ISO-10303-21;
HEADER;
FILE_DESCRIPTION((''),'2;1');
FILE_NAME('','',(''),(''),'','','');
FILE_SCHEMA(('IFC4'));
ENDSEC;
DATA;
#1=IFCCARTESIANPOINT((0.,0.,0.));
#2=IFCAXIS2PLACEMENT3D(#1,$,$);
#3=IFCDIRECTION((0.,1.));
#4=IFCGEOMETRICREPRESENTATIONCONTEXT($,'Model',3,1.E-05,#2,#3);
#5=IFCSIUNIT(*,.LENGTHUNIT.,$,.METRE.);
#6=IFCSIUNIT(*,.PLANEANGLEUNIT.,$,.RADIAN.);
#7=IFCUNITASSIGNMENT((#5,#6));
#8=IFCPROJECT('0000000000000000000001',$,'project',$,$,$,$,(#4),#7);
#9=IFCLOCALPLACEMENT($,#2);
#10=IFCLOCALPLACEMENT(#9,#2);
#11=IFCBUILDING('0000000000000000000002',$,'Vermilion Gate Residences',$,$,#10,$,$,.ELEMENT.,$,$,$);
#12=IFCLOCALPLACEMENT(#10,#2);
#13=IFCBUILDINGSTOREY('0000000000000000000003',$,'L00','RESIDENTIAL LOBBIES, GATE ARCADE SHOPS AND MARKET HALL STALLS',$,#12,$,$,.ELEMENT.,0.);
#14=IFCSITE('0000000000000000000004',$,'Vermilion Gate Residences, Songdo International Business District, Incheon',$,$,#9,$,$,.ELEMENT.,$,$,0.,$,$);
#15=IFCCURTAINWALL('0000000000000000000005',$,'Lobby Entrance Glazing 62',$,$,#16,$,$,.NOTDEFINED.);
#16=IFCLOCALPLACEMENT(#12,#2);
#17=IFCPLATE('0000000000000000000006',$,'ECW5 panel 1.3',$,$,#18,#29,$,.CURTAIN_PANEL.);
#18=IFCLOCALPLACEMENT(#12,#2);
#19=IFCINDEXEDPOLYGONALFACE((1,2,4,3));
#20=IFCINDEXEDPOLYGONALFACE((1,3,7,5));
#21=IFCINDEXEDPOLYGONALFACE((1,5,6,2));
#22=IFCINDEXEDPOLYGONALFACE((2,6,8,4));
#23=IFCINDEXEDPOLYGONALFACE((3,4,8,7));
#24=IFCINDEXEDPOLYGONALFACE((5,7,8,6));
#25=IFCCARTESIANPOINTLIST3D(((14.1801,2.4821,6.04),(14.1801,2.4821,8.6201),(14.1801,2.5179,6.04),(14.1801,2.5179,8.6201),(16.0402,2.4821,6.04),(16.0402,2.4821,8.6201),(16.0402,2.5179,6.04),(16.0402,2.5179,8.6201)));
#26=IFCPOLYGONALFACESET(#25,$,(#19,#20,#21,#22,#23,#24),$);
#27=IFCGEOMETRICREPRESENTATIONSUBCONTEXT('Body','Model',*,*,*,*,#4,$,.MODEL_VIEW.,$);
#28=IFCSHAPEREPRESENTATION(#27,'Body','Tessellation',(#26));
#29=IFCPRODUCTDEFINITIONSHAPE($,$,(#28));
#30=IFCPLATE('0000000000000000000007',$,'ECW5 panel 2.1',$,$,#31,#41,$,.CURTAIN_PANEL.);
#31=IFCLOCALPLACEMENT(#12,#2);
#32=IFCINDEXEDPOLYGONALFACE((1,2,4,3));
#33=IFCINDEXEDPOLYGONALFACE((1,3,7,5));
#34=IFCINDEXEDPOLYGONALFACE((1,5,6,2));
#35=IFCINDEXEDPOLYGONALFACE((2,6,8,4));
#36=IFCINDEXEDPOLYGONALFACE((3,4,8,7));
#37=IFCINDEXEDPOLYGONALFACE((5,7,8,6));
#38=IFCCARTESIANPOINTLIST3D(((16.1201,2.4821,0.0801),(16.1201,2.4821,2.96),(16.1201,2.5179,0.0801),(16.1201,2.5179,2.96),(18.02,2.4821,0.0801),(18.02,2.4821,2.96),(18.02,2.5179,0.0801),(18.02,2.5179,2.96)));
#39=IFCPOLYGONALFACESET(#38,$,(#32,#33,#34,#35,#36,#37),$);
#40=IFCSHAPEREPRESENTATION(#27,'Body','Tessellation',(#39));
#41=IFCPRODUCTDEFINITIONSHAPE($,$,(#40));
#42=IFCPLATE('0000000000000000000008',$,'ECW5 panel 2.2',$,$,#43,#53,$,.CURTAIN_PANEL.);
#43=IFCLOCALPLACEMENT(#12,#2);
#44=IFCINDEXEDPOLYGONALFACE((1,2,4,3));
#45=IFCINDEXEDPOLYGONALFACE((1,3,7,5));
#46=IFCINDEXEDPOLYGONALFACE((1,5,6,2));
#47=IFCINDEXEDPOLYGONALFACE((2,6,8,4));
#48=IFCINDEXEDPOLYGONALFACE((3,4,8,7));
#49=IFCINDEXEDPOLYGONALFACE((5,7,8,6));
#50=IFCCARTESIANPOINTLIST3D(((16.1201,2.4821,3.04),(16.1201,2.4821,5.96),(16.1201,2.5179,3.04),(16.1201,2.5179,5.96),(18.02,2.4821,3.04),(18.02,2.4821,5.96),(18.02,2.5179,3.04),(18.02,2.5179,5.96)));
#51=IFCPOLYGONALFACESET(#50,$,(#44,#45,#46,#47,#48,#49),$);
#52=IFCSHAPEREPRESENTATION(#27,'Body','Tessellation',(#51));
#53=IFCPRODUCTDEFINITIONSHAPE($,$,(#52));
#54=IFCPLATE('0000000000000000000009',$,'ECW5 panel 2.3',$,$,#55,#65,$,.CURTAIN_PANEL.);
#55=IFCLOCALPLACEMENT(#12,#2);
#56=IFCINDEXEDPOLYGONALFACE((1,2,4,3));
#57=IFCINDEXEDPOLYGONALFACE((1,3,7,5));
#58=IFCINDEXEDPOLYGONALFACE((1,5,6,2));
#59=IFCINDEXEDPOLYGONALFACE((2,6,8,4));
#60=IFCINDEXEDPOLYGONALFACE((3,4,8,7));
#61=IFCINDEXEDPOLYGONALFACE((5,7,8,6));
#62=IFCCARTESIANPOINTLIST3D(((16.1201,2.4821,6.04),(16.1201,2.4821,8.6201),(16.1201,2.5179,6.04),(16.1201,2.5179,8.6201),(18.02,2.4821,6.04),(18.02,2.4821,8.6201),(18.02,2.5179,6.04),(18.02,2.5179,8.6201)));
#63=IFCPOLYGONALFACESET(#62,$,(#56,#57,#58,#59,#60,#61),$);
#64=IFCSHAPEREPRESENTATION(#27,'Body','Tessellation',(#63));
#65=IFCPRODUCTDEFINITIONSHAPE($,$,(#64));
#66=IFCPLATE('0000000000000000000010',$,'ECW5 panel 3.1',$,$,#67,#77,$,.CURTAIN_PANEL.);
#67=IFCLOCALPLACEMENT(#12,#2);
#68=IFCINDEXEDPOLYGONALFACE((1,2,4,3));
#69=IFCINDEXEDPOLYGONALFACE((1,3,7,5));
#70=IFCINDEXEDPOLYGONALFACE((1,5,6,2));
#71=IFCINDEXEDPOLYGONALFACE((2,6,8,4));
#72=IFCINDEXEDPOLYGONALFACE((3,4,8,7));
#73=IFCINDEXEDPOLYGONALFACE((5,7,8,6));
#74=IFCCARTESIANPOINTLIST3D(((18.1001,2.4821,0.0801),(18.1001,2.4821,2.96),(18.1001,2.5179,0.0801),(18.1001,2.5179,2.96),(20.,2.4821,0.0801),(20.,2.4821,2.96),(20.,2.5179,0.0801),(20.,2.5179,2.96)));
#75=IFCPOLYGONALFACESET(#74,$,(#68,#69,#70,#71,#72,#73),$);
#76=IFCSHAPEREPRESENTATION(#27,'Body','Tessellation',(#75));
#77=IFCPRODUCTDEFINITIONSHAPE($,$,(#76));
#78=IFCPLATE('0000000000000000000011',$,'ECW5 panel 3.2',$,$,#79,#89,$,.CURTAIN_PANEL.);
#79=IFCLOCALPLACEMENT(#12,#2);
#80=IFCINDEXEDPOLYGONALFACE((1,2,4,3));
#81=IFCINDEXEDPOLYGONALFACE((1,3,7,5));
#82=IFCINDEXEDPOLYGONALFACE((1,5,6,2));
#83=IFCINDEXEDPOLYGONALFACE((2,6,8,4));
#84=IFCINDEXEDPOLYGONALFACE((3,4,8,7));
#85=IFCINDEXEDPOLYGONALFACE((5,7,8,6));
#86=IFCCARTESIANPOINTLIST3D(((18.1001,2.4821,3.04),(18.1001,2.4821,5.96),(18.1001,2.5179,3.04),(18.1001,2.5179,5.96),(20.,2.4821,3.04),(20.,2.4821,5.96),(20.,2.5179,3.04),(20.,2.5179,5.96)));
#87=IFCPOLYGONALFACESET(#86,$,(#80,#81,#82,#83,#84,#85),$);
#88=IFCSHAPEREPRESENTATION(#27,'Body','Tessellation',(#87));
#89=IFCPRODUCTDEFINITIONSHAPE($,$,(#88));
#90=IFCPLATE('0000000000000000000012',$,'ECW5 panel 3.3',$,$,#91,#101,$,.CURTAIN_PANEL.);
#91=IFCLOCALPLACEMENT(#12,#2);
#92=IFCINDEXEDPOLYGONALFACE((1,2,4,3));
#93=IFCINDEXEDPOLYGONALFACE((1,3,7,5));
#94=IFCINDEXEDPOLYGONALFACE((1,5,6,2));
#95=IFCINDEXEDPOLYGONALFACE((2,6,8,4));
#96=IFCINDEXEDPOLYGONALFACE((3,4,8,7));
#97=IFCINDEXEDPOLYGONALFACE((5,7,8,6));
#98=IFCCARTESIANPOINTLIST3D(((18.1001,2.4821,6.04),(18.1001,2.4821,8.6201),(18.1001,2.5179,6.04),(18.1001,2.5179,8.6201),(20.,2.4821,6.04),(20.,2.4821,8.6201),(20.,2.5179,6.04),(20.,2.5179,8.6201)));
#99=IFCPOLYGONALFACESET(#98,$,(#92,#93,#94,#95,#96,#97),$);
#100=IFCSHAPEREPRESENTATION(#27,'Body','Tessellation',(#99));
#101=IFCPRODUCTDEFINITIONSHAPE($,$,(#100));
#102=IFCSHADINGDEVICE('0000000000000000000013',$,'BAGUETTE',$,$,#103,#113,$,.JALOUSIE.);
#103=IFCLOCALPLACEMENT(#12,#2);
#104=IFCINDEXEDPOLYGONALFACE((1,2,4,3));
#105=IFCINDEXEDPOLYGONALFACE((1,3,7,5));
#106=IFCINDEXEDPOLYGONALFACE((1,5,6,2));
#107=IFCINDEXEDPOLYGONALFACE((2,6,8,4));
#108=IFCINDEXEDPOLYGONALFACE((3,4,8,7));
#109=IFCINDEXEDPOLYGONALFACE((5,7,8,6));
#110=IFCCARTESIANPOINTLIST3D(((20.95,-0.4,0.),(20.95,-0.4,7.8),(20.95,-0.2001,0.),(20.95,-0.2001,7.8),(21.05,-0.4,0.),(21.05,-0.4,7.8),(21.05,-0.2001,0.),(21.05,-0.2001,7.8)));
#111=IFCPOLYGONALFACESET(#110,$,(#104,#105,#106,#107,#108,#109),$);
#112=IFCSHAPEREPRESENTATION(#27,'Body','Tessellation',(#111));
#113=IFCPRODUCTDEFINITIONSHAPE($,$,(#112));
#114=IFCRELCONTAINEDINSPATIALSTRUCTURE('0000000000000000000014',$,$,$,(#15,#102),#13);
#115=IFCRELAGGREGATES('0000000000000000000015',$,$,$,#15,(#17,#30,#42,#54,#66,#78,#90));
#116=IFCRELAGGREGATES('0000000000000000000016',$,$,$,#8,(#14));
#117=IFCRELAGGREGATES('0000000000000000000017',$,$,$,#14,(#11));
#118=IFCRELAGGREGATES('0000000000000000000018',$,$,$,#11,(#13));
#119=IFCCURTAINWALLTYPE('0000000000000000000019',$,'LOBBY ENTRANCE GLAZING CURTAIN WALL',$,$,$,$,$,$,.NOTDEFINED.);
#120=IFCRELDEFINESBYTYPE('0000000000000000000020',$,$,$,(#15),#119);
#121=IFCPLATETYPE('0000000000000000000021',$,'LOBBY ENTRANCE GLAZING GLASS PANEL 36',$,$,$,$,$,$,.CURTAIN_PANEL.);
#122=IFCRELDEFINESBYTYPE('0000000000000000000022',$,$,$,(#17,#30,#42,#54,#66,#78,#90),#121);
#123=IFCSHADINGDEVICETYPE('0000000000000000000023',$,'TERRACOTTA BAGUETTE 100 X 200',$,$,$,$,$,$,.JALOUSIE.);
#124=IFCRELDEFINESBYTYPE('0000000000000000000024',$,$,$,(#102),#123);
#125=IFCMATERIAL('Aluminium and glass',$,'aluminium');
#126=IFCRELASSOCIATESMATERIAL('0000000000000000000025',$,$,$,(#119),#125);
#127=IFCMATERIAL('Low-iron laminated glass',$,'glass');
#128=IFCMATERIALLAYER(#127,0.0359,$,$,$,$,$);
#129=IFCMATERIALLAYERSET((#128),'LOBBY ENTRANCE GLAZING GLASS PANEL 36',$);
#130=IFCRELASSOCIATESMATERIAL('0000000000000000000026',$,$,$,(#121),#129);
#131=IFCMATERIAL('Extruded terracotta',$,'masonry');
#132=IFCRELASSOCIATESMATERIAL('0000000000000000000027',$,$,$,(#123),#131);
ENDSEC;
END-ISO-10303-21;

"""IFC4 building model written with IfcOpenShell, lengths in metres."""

from ifc_helpers import new_model, si_unit, direction, frame, origin, origin_2d, place, context, subcontext, project, spatial, rectangle, extrude, material, layer, layer_set, material_profile, profile_set, type_object, element, aggregate, save


model = new_model("IFC4")

# Units and contexts
model_context = context("Model", 3, precision=1e-05, world=origin(), true_north=direction((0.0, 1.0)))
body_context = subcontext(model_context, "Body", "Model", "MODEL_VIEW")
ifc_project = project(units=[si_unit("LENGTHUNIT", "METRE"), si_unit("PLANEANGLEUNIT", "RADIAN")], contexts=[model_context])

# Site, building, storey
site_placement = place(None, origin())
site = spatial("IfcSite", under=ifc_project, at=site_placement, Name="Vermilion Gate Residences, Songdo International Business District, Incheon", CompositionType="ELEMENT", RefElevation=0.0)
building_placement = place(site_placement, origin())
building = spatial("IfcBuilding", under=site, at=building_placement, Name="Vermilion Gate Residences", CompositionType="ELEMENT")
storey_placement = place(building_placement, origin())
storey = spatial("IfcBuildingStorey", under=building, at=storey_placement, Name="L00", Description="RESIDENTIAL LOBBIES, GATE ARCADE SHOPS AND MARKET HALL STALLS", CompositionType="ELEMENT", Elevation=0.0)

# Curtain wall
ifc_material_1 = material(Name="Aluminium and glass", Category="aluminium")
curtain_wall_type = type_object("IfcCurtainWallType", Name="LOBBY ENTRANCE GLAZING CURTAIN WALL", PredefinedType="NOTDEFINED", material=ifc_material_1)
curtain_wall_placement = place(storey_placement, origin())
curtain_wall = element("IfcCurtainWall", 1, at=curtain_wall_placement, inside=storey, type_object=curtain_wall_type, Name="Lobby Entrance Glazing 62", PredefinedType="NOTDEFINED")

# Plates
ifc_material_2 = material(Name="Low-iron laminated glass", Category="glass")
ifc_layer = layer(ifc_material_2, 0.0359)
ifc_layer_set = layer_set([ifc_layer], Name="LOBBY ENTRANCE GLAZING GLASS PANEL 36")
plate_type = type_object("IfcPlateType", Name="LOBBY ENTRANCE GLAZING GLASS PANEL 36", PredefinedType="CURTAIN_PANEL", material=ifc_layer_set)
plate_1_placement = place(storey_placement, frame((15.1101, 2.5, 6.04), z_axis=(0.0, 0.0, 1.0), x_axis=(1.0, 0.0, 0.0)))
plate_1 = element("IfcPlate", 2, at=plate_1_placement, type_object=plate_type, Name="ECW5 panel 1.3", PredefinedType="CURTAIN_PANEL", context=body_context, shape_type="SweptSolid", body=[
    extrude(rectangle(XDim=1.8601, YDim=0.0359, at=origin_2d()), origin(), (0.0, 0.0, 1.0), 2.5801),
])
plate_2_placement = place(storey_placement, frame((17.0701, 2.5, 0.0801), z_axis=(0.0, 0.0, 1.0), x_axis=(1.0, 0.0, 0.0)))
plate_2 = element("IfcPlate", 3, at=plate_2_placement, type_object=plate_type, Name="ECW5 panel 2.1", PredefinedType="CURTAIN_PANEL", context=body_context, shape_type="SweptSolid", body=[
    extrude(rectangle(XDim=1.8999, YDim=0.0359, at=origin_2d()), origin(), (0.0, 0.0, 1.0), 2.8799),
])
plate_3_placement = place(storey_placement, frame((17.0701, 2.5, 3.04), z_axis=(0.0, 0.0, 1.0), x_axis=(1.0, 0.0, 0.0)))
plate_3 = element("IfcPlate", 4, at=plate_3_placement, type_object=plate_type, Name="ECW5 panel 2.2", PredefinedType="CURTAIN_PANEL", context=body_context, shape_type="SweptSolid", body=[
    extrude(rectangle(XDim=1.8999, YDim=0.0359, at=origin_2d()), origin(), (0.0, 0.0, 1.0), 2.9199),
])
plate_4_placement = place(storey_placement, frame((17.0701, 2.5, 6.04), z_axis=(0.0, 0.0, 1.0), x_axis=(1.0, 0.0, 0.0)))
plate_4 = element("IfcPlate", 5, at=plate_4_placement, type_object=plate_type, Name="ECW5 panel 2.3", PredefinedType="CURTAIN_PANEL", context=body_context, shape_type="SweptSolid", body=[
    extrude(rectangle(XDim=1.8999, YDim=0.0359, at=origin_2d()), origin(), (0.0, 0.0, 1.0), 2.5801),
])
plate_5_placement = place(storey_placement, frame((19.05, 2.5, 0.0801), z_axis=(0.0, 0.0, 1.0), x_axis=(1.0, 0.0, 0.0)))
plate_5 = element("IfcPlate", 6, at=plate_5_placement, type_object=plate_type, Name="ECW5 panel 3.1", PredefinedType="CURTAIN_PANEL", context=body_context, shape_type="SweptSolid", body=[
    extrude(rectangle(XDim=1.8999, YDim=0.0359, at=origin_2d()), origin(), (0.0, 0.0, 1.0), 2.8799),
])
plate_6_placement = place(storey_placement, frame((19.05, 2.5, 3.04), z_axis=(0.0, 0.0, 1.0), x_axis=(1.0, 0.0, 0.0)))
plate_6 = element("IfcPlate", 7, at=plate_6_placement, type_object=plate_type, Name="ECW5 panel 3.2", PredefinedType="CURTAIN_PANEL", context=body_context, shape_type="SweptSolid", body=[
    extrude(rectangle(XDim=1.8999, YDim=0.0359, at=origin_2d()), origin(), (0.0, 0.0, 1.0), 2.9199),
])
plate_7_placement = place(storey_placement, frame((19.05, 2.5, 6.04), z_axis=(0.0, 0.0, 1.0), x_axis=(1.0, 0.0, 0.0)))
plate_7 = element("IfcPlate", 8, at=plate_7_placement, type_object=plate_type, Name="ECW5 panel 3.3", PredefinedType="CURTAIN_PANEL", context=body_context, shape_type="SweptSolid", body=[
    extrude(rectangle(XDim=1.8999, YDim=0.0359, at=origin_2d()), origin(), (0.0, 0.0, 1.0), 2.5801),
])
aggregate(curtain_wall, [plate_1, plate_2, plate_3, plate_4, plate_5, plate_6, plate_7])

# Shading device
ifc_material_3 = material(Name="Extruded terracotta", Category="masonry")
ifc_material_profile_1 = material_profile(ifc_material_3, rectangle(XDim=0.2, YDim=0.1001, at=origin_2d()), Name="BAGUETTE 100 X 200")
ifc_profile_set_1 = profile_set([ifc_material_profile_1], Name="Extruded terracotta")
shading_device_type = type_object("IfcShadingDeviceType", Name="TERRACOTTA BAGUETTE 100 X 200", PredefinedType="JALOUSIE", material=ifc_profile_set_1)
shading_device_placement = place(storey_placement, frame((21.0, -0.3, 0.0), z_axis=(0.0, 0.0, 1.0), x_axis=(0.0, 1.0, 0.0)))
element("IfcShadingDevice", 9, at=shading_device_placement, inside=storey, type_object=shading_device_type, Name="BAGUETTE", PredefinedType="JALOUSIE", context=body_context, shape_type="SweptSolid", body=[
    extrude(rectangle(XDim=0.2, YDim=0.1001, at=origin_2d()), origin(), (0.0, 0.0, 1.0), 7.8),
])

save(model, "model.ifc")
